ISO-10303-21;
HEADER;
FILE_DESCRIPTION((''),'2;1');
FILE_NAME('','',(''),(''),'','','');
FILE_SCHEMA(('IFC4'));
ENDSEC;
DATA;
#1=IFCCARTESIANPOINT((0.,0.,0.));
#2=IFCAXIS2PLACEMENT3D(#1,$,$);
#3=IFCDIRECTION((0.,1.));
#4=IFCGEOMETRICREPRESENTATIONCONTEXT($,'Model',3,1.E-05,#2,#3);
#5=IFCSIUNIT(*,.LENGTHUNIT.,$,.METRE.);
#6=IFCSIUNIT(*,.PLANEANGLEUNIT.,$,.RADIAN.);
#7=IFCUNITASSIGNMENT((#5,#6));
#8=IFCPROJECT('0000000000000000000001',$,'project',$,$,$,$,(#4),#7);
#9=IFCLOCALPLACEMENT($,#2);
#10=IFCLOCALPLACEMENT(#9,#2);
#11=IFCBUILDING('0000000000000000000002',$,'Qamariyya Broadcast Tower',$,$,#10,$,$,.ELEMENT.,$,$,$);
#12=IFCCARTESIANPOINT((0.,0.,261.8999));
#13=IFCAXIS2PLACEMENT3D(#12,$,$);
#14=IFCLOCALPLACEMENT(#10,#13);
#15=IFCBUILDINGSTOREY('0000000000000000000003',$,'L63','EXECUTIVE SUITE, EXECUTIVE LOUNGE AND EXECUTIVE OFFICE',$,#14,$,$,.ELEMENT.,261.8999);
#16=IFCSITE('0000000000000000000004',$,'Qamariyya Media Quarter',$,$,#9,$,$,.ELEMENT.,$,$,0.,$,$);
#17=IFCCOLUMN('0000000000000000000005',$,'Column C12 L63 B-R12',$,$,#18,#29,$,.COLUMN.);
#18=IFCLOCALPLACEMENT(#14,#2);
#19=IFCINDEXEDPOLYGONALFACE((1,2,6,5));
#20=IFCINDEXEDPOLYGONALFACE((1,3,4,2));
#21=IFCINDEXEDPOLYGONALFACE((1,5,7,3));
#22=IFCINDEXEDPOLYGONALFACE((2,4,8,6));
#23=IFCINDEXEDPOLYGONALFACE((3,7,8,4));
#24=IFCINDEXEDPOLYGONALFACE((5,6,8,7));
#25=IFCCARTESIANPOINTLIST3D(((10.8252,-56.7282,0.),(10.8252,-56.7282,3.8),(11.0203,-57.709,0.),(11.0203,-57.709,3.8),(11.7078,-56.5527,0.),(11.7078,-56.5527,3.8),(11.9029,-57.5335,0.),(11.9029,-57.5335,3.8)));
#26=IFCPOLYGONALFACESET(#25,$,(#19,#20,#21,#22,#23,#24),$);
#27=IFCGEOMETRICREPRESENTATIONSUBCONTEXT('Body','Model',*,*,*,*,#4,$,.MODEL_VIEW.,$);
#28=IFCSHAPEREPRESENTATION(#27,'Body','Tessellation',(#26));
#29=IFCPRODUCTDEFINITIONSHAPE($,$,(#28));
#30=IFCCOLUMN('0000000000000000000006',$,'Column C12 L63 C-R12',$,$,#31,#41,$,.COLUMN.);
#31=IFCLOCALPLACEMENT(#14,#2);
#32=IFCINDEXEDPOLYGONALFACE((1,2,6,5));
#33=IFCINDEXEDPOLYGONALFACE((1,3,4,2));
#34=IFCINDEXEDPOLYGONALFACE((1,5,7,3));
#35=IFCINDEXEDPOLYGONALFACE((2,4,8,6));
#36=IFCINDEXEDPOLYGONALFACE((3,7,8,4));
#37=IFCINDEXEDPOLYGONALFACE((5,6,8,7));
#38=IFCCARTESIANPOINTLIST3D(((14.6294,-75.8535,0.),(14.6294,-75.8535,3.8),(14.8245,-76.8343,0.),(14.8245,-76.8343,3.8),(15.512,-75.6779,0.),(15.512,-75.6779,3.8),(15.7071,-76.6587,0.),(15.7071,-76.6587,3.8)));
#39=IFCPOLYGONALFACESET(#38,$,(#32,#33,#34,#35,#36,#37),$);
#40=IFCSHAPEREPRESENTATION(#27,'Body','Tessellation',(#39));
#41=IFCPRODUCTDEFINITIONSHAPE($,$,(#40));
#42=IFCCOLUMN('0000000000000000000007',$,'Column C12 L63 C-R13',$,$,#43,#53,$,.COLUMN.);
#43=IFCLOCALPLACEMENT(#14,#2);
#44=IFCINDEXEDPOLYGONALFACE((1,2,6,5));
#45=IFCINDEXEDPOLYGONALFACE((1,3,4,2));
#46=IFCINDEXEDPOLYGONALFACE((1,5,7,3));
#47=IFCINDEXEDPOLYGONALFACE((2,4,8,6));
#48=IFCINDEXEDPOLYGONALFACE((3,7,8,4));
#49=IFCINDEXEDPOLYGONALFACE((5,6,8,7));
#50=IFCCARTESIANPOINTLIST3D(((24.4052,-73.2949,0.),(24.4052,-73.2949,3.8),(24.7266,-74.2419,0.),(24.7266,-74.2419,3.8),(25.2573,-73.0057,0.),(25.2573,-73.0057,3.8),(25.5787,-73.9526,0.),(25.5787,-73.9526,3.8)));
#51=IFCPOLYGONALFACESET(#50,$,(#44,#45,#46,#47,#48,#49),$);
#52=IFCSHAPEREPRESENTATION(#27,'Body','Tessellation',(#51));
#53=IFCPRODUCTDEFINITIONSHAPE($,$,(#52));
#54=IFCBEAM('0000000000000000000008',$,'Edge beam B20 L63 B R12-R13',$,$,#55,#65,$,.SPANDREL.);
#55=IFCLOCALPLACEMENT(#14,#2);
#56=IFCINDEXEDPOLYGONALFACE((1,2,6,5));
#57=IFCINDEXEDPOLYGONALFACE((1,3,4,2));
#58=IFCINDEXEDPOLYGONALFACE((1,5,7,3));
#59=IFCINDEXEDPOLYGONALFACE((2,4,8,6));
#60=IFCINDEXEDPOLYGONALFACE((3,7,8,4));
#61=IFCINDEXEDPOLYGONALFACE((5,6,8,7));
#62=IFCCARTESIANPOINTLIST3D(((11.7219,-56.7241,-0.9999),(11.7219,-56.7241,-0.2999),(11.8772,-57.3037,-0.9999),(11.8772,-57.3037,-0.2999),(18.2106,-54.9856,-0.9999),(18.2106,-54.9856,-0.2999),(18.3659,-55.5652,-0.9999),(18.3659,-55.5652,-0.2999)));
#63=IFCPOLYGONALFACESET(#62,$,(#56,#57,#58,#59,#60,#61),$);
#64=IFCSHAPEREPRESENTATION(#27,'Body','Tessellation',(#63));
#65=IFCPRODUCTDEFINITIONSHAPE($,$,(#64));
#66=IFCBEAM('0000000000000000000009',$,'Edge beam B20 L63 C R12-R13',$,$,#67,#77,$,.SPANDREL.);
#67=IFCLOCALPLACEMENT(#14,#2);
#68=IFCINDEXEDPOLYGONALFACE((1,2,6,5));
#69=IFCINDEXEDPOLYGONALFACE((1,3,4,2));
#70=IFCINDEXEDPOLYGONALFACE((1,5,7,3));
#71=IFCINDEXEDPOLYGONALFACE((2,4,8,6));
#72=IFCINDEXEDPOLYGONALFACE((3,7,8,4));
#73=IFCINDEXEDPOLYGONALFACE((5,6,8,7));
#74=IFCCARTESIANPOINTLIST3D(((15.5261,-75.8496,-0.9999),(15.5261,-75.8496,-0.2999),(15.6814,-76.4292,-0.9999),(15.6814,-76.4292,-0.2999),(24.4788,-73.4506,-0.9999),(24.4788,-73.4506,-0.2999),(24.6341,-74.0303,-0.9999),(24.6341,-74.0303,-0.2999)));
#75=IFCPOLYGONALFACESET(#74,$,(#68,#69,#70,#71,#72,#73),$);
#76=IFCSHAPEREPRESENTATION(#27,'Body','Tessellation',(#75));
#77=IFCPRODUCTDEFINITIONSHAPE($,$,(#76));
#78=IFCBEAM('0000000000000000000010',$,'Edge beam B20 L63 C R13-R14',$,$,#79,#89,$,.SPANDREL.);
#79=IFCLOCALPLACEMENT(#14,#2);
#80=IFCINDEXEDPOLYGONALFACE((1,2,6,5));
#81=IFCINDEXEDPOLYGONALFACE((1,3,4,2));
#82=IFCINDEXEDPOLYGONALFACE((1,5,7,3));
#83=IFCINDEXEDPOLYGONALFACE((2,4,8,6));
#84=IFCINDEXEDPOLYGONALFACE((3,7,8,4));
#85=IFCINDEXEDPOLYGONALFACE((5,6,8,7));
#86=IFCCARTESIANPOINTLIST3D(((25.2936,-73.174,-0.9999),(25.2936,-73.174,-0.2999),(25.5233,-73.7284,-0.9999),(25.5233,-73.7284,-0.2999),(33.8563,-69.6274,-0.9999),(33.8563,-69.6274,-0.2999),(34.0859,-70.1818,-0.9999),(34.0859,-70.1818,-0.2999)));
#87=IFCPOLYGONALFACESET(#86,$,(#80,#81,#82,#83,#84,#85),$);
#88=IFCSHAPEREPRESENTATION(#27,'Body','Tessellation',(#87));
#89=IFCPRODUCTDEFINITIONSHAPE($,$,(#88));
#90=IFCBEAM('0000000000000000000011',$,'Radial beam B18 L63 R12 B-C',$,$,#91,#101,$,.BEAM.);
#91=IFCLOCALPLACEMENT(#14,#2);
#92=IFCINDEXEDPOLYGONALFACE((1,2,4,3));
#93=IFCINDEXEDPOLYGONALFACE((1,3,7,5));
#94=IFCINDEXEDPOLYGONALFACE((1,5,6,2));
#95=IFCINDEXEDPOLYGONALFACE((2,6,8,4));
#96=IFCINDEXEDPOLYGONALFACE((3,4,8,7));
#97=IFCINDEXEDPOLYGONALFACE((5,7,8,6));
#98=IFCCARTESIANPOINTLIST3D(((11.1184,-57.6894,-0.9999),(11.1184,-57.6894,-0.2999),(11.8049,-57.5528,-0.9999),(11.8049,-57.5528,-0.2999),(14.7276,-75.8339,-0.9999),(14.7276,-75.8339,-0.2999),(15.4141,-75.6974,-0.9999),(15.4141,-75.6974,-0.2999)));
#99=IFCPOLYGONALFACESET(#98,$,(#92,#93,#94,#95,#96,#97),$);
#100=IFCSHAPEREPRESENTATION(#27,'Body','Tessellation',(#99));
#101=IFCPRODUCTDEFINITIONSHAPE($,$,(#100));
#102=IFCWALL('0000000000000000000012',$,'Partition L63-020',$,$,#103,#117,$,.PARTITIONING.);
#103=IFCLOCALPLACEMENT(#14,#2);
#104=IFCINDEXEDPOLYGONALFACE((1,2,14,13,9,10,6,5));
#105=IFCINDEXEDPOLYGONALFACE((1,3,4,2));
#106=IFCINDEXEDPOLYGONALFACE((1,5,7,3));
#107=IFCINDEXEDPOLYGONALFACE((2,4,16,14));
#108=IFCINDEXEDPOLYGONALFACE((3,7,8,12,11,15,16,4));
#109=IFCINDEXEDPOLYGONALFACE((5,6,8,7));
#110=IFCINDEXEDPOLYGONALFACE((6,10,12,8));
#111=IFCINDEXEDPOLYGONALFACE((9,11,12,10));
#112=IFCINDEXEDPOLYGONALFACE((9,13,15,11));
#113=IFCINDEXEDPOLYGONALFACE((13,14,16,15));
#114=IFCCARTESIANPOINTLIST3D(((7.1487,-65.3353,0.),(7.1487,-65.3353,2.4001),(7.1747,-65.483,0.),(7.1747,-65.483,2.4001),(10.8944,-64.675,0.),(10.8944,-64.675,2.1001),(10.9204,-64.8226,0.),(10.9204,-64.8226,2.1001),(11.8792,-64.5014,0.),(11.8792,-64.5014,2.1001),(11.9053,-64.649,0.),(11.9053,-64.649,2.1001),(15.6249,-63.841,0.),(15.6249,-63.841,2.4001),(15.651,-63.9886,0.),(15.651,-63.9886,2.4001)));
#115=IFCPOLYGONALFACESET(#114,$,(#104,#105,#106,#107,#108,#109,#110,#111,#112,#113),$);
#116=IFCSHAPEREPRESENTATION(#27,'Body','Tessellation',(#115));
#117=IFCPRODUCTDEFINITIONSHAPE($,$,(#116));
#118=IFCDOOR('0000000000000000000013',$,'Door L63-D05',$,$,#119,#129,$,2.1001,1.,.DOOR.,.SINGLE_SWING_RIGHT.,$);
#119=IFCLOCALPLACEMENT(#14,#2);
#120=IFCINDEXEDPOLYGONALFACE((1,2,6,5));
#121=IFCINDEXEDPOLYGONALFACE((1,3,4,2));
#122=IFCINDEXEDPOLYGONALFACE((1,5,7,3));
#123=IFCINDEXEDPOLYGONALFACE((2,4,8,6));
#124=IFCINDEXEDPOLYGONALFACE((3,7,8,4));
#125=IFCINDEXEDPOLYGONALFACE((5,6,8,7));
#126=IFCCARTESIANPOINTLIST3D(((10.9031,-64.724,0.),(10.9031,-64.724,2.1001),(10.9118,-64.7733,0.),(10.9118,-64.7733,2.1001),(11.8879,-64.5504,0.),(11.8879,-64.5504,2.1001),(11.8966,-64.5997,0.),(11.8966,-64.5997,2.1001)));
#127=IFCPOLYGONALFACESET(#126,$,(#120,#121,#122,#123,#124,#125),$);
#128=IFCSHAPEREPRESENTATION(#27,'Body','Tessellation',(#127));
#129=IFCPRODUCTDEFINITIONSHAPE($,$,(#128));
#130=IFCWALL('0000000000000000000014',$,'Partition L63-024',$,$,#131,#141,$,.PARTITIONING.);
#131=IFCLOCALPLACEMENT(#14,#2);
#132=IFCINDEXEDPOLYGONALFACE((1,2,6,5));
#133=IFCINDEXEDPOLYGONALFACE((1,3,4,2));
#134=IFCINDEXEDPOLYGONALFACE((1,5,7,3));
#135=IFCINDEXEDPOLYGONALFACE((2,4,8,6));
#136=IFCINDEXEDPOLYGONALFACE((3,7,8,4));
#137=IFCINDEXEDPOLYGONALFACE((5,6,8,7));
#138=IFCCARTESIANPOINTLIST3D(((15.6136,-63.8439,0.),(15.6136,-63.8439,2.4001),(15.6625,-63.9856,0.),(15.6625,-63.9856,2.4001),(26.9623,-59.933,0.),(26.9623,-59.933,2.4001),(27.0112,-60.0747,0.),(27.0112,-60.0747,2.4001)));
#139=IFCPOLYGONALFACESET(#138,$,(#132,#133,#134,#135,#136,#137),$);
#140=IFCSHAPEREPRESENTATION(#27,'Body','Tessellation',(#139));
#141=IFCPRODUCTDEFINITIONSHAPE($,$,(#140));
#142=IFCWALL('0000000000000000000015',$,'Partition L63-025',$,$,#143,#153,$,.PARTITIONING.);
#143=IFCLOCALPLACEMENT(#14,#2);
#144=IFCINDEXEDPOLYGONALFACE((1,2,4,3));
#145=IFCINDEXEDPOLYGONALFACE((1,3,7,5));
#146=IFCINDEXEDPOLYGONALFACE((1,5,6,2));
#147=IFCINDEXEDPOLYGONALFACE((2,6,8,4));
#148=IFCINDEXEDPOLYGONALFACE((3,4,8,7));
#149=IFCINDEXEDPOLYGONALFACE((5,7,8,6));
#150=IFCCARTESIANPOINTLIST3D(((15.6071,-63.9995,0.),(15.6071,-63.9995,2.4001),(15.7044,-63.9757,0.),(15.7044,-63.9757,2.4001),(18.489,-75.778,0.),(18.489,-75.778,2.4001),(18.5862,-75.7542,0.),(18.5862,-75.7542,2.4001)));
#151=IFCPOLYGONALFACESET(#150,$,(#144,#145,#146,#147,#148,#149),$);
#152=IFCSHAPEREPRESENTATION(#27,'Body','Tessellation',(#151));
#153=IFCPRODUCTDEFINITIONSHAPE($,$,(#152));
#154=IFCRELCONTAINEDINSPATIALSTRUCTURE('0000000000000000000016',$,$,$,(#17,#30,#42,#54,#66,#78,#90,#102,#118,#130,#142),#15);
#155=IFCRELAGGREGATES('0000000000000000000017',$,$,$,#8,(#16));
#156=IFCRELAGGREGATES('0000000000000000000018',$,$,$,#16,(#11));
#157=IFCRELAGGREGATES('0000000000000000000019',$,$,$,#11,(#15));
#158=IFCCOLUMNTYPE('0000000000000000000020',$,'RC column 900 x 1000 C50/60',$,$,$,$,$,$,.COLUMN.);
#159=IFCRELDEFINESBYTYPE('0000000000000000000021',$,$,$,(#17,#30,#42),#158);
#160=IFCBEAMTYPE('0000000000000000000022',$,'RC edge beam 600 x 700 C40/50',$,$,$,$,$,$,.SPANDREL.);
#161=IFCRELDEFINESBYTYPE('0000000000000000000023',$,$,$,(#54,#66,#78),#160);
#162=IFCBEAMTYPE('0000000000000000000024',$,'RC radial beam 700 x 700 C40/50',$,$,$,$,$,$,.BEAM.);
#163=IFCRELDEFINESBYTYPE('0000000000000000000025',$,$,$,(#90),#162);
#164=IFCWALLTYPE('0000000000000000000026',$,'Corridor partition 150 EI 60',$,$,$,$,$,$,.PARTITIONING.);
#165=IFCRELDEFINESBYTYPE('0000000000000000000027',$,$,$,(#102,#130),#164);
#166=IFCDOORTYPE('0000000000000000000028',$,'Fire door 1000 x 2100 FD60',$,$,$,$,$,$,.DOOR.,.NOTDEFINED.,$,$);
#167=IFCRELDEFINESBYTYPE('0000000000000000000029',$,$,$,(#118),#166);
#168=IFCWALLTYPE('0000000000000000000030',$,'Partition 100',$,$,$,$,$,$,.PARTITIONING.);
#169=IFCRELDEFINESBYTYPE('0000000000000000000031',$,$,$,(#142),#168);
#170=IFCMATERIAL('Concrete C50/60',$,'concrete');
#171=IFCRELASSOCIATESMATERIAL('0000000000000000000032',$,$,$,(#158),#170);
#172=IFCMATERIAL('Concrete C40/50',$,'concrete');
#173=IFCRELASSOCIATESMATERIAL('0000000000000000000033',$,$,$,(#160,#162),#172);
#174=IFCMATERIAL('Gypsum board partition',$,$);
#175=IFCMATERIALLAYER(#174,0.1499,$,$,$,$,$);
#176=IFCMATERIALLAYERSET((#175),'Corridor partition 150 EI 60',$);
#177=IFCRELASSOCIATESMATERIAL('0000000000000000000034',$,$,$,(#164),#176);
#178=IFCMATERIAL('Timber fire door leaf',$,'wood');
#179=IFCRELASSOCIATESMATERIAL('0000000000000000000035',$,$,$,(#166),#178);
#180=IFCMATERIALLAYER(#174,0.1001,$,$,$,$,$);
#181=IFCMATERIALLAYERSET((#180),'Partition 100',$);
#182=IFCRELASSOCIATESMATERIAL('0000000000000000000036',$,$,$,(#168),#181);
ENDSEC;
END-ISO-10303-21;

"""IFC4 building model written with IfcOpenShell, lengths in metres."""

from ifc_helpers import new_model, si_unit, direction, frame, frame_2d, origin, origin_2d, place, context, subcontext, project, spatial, rectangle, extrude, material, layer, layer_set, material_profile, profile_set, type_object, element, fill, save


model = new_model("IFC4")

# Units and contexts
model_context = context("Model", 3, precision=1e-05, world=origin(), true_north=direction((0.0, 1.0)))
body_context = subcontext(model_context, "Body", "Model", "MODEL_VIEW")
ifc_project = project(units=[si_unit("LENGTHUNIT", "METRE"), si_unit("PLANEANGLEUNIT", "RADIAN")], contexts=[model_context])

# Site, building, storey
site_placement = place(None, origin())
site = spatial("IfcSite", under=ifc_project, at=site_placement, Name="Qamariyya Media Quarter", CompositionType="ELEMENT", RefElevation=0.0)
building_placement = place(site_placement, origin())
building = spatial("IfcBuilding", under=site, at=building_placement, Name="Qamariyya Broadcast Tower", CompositionType="ELEMENT")
storey_placement = place(building_placement, frame((0.0, 0.0, 261.8999)))
storey = spatial("IfcBuildingStorey", under=building, at=storey_placement, Name="L63", Description="EXECUTIVE SUITE, EXECUTIVE LOUNGE AND EXECUTIVE OFFICE", CompositionType="ELEMENT", Elevation=261.8999)

# Columns
ifc_material_1 = material(Name="Concrete C50/60", Category="concrete")
ifc_material_profile_1 = material_profile(ifc_material_1, rectangle(XDim=0.8999, YDim=1.0, at=origin_2d()))
ifc_profile_set_1 = profile_set([ifc_material_profile_1], Name="Concrete C50/60")
column_type = type_object("IfcColumnType", Name="RC column 900 x 1000 C50/60", PredefinedType="COLUMN", material=ifc_profile_set_1)
for number, where, z_axis, x_axis, name in (
    (1, (11.364, -57.1309, 0.0), (0.0, 0.0, 1.0), (0.980785, 0.19509, 0.0), "Column C12 L63 B-R12"),
    (2, (15.1682, -76.2561, 0.0), (0.0, 0.0, 1.0), (0.980785, 0.19509, 0.0), "Column C12 L63 C-R12"),
    (3, (24.9919, -73.6238, 0.0), (0.0, 0.0, 1.0), (0.94693, 0.321439, 0.0), "Column C12 L63 C-R13"),
):
    element("IfcColumn", number, at=place(storey_placement, frame(where, z_axis=z_axis, x_axis=x_axis)), inside=storey, type_object=column_type, Name=name, PredefinedType="COLUMN", context=body_context, shape_type="SweptSolid", body=[
        extrude(rectangle(XDim=0.8999, YDim=1.0, at=origin_2d()), origin(), (0.0, 0.0, 1.0), 3.8),
    ])

# Beams
ifc_material_2 = material(Name="Concrete C40/50", Category="concrete")
ifc_material_profile_2 = material_profile(ifc_material_2, rectangle(XDim=0.6001, YDim=0.7, at=origin_2d()))
ifc_profile_set_2 = profile_set([ifc_material_profile_2], Name="Concrete C40/50")
beam_type_1 = type_object("IfcBeamType", Name="RC edge beam 600 x 700 C40/50", PredefinedType="SPANDREL", material=ifc_profile_set_2)
beam_1_placement = place(storey_placement, frame((11.7996, -57.0139, -0.6499), z_axis=(0.965931, 0.2588, 0.0), x_axis=(-0.2588, 0.965931, 0.0)))
element("IfcBeam", 4, at=beam_1_placement, inside=storey, type_object=beam_type_1, Name="Edge beam B20 L63 B R12-R13", PredefinedType="SPANDREL", context=body_context, shape_type="SweptSolid", body=[
    extrude(rectangle(XDim=0.6001, YDim=0.7, at=origin_2d()), origin(), (0.0, 0.0, 1.0), 6.7175),
])
beam_2_placement = place(storey_placement, frame((15.6038, -76.1394, -0.6499), z_axis=(0.965924, 0.258826, 0.0), x_axis=(-0.258826, 0.965924, 0.0)))
element("IfcBeam", 5, at=beam_2_placement, inside=storey, type_object=beam_type_1, Name="Edge beam B20 L63 C R12-R13", PredefinedType="SPANDREL", context=body_context, shape_type="SweptSolid", body=[
    extrude(rectangle(XDim=0.6001, YDim=0.7, at=origin_2d()), origin(), (0.0, 0.0, 1.0), 9.2686),
])
beam_3_placement = place(storey_placement, frame((25.4084, -73.4512, -0.6499), z_axis=(0.923886, 0.382667, 0.0), x_axis=(-0.382667, 0.923886, 0.0)))
element("IfcBeam", 6, at=beam_3_placement, inside=storey, type_object=beam_type_1, Name="Edge beam B20 L63 C R13-R14", PredefinedType="SPANDREL", context=body_context, shape_type="SweptSolid", body=[
    extrude(rectangle(XDim=0.6001, YDim=0.7, at=origin_2d()), origin(), (0.0, 0.0, 1.0), 9.2681),
])
ifc_material_profile_3 = material_profile(ifc_material_2, rectangle(XDim=0.7, YDim=0.7, at=origin_2d()))
ifc_profile_set_3 = profile_set([ifc_material_profile_3], Name="Concrete C40/50")
beam_type_2 = type_object("IfcBeamType", Name="RC radial beam 700 x 700 C40/50", PredefinedType="BEAM", material=ifc_profile_set_3)
beam_4_placement = place(storey_placement, frame((11.4617, -57.6211, -0.6499), z_axis=(0.195088, -0.980786, 0.0), x_axis=(0.980786, 0.195088, 0.0)))
element("IfcBeam", 7, at=beam_4_placement, inside=storey, type_object=beam_type_2, Name="Radial beam B18 L63 R12 B-C", PredefinedType="BEAM", context=body_context, shape_type="SweptSolid", body=[
    extrude(rectangle(XDim=0.7, YDim=0.7, at=origin_2d()), origin(), (0.0, 0.0, 1.0), 18.5),
])

# Wall, opening, door
ifc_material_3 = material(Name="Gypsum board partition")
ifc_layer_1 = layer(ifc_material_3, 0.1499)
ifc_layer_set_1 = layer_set([ifc_layer_1], Name="Corridor partition 150 EI 60")
wall_type_1 = type_object("IfcWallType", Name="Corridor partition 150 EI 60", PredefinedType="PARTITIONING", material=ifc_layer_set_1)
wall_1_placement = place(storey_placement, frame((15.6379, -63.9148, 0.0), z_axis=(0.0, 0.0, 1.0), x_axis=(-0.984812, -0.173624, 0.0)))
wall_1 = element("IfcWall", 8, at=wall_1_placement, inside=storey, type_object=wall_type_1, Name="Partition L63-020", PredefinedType="PARTITIONING", context=body_context, shape_type="SweptSolid", body=[
    extrude(rectangle(XDim=8.6069, YDim=0.1499, at=frame_2d((4.3035, 0.0))), origin(), (0.0, 0.0, 1.0), 2.4001),
])
opening_1_placement = place(wall_1_placement, frame((3.8035, 0.0, 0.0)))
opening_1 = element("IfcOpeningElement", 9, at=opening_1_placement, cuts=wall_1, PredefinedType="OPENING", context=body_context, shape_type="SweptSolid", body=[
    extrude(rectangle(XDim=1.0, YDim=2.1001, at=frame_2d((0.5, 1.05))), frame((0.0, 0.085, 0.0), z_axis=(0.0, -1.0, 0.0), x_axis=(1.0, 0.0, 0.0)), (0.0, 0.0, 1.0), 0.1699),
])
ifc_material_4 = material(Name="Timber fire door leaf", Category="wood")
door_type = type_object("IfcDoorType", Name="Fire door 1000 x 2100 FD60", OperationType="NOTDEFINED", PredefinedType="DOOR", material=ifc_material_4)
door_placement = place(opening_1_placement, origin())
door = element("IfcDoor", 10, at=door_placement, inside=storey, type_object=door_type, Name="Door L63-D05", OperationType="SINGLE_SWING_RIGHT", OverallHeight=2.1001, OverallWidth=1.0, PredefinedType="DOOR", context=body_context, shape_type="SweptSolid", body=[
    extrude(rectangle(XDim=1.0, YDim=2.1001, at=frame_2d((0.5, 1.05))), frame((0.0, 0.0249, 0.0), z_axis=(0.0, -1.0, 0.0), x_axis=(1.0, 0.0, 0.0)), (0.0, 0.0, 1.0), 0.05),
])
fill(opening_1, door)

# Walls
wall_2_placement = place(storey_placement, frame((15.6379, -63.9148, 0.0), z_axis=(0.0, 0.0, 1.0), x_axis=(0.945435, 0.32581, 0.0)))
element("IfcWall", 11, at=wall_2_placement, inside=storey, type_object=wall_type_1, Name="Partition L63-024", PredefinedType="PARTITIONING", context=body_context, shape_type="SweptSolid", body=[
    extrude(rectangle(XDim=12.0037, YDim=0.1499, at=frame_2d((6.002, 0.0))), origin(), (0.0, 0.0, 1.0), 2.4001),
])
ifc_layer_2 = layer(ifc_material_3, 0.1001)
ifc_layer_set_2 = layer_set([ifc_layer_2], Name="Partition 100")
wall_type_2 = type_object("IfcWallType", Name="Partition 100", PredefinedType="PARTITIONING", material=ifc_layer_set_2)
wall_3_placement = place(storey_placement, frame((18.5376, -75.7661, 0.0), z_axis=(0.0, 0.0, 1.0), x_axis=(-0.237658, 0.971349, 0.0)))
element("IfcWall", 12, at=wall_3_placement, inside=storey, type_object=wall_type_2, Name="Partition L63-025", PredefinedType="PARTITIONING", context=body_context, shape_type="SweptSolid", body=[
    extrude(rectangle(XDim=12.126, YDim=0.1001, at=frame_2d((6.063, 0.0))), origin(), (0.0, 0.0, 1.0), 2.4001),
])

save(model, "model.ifc")
